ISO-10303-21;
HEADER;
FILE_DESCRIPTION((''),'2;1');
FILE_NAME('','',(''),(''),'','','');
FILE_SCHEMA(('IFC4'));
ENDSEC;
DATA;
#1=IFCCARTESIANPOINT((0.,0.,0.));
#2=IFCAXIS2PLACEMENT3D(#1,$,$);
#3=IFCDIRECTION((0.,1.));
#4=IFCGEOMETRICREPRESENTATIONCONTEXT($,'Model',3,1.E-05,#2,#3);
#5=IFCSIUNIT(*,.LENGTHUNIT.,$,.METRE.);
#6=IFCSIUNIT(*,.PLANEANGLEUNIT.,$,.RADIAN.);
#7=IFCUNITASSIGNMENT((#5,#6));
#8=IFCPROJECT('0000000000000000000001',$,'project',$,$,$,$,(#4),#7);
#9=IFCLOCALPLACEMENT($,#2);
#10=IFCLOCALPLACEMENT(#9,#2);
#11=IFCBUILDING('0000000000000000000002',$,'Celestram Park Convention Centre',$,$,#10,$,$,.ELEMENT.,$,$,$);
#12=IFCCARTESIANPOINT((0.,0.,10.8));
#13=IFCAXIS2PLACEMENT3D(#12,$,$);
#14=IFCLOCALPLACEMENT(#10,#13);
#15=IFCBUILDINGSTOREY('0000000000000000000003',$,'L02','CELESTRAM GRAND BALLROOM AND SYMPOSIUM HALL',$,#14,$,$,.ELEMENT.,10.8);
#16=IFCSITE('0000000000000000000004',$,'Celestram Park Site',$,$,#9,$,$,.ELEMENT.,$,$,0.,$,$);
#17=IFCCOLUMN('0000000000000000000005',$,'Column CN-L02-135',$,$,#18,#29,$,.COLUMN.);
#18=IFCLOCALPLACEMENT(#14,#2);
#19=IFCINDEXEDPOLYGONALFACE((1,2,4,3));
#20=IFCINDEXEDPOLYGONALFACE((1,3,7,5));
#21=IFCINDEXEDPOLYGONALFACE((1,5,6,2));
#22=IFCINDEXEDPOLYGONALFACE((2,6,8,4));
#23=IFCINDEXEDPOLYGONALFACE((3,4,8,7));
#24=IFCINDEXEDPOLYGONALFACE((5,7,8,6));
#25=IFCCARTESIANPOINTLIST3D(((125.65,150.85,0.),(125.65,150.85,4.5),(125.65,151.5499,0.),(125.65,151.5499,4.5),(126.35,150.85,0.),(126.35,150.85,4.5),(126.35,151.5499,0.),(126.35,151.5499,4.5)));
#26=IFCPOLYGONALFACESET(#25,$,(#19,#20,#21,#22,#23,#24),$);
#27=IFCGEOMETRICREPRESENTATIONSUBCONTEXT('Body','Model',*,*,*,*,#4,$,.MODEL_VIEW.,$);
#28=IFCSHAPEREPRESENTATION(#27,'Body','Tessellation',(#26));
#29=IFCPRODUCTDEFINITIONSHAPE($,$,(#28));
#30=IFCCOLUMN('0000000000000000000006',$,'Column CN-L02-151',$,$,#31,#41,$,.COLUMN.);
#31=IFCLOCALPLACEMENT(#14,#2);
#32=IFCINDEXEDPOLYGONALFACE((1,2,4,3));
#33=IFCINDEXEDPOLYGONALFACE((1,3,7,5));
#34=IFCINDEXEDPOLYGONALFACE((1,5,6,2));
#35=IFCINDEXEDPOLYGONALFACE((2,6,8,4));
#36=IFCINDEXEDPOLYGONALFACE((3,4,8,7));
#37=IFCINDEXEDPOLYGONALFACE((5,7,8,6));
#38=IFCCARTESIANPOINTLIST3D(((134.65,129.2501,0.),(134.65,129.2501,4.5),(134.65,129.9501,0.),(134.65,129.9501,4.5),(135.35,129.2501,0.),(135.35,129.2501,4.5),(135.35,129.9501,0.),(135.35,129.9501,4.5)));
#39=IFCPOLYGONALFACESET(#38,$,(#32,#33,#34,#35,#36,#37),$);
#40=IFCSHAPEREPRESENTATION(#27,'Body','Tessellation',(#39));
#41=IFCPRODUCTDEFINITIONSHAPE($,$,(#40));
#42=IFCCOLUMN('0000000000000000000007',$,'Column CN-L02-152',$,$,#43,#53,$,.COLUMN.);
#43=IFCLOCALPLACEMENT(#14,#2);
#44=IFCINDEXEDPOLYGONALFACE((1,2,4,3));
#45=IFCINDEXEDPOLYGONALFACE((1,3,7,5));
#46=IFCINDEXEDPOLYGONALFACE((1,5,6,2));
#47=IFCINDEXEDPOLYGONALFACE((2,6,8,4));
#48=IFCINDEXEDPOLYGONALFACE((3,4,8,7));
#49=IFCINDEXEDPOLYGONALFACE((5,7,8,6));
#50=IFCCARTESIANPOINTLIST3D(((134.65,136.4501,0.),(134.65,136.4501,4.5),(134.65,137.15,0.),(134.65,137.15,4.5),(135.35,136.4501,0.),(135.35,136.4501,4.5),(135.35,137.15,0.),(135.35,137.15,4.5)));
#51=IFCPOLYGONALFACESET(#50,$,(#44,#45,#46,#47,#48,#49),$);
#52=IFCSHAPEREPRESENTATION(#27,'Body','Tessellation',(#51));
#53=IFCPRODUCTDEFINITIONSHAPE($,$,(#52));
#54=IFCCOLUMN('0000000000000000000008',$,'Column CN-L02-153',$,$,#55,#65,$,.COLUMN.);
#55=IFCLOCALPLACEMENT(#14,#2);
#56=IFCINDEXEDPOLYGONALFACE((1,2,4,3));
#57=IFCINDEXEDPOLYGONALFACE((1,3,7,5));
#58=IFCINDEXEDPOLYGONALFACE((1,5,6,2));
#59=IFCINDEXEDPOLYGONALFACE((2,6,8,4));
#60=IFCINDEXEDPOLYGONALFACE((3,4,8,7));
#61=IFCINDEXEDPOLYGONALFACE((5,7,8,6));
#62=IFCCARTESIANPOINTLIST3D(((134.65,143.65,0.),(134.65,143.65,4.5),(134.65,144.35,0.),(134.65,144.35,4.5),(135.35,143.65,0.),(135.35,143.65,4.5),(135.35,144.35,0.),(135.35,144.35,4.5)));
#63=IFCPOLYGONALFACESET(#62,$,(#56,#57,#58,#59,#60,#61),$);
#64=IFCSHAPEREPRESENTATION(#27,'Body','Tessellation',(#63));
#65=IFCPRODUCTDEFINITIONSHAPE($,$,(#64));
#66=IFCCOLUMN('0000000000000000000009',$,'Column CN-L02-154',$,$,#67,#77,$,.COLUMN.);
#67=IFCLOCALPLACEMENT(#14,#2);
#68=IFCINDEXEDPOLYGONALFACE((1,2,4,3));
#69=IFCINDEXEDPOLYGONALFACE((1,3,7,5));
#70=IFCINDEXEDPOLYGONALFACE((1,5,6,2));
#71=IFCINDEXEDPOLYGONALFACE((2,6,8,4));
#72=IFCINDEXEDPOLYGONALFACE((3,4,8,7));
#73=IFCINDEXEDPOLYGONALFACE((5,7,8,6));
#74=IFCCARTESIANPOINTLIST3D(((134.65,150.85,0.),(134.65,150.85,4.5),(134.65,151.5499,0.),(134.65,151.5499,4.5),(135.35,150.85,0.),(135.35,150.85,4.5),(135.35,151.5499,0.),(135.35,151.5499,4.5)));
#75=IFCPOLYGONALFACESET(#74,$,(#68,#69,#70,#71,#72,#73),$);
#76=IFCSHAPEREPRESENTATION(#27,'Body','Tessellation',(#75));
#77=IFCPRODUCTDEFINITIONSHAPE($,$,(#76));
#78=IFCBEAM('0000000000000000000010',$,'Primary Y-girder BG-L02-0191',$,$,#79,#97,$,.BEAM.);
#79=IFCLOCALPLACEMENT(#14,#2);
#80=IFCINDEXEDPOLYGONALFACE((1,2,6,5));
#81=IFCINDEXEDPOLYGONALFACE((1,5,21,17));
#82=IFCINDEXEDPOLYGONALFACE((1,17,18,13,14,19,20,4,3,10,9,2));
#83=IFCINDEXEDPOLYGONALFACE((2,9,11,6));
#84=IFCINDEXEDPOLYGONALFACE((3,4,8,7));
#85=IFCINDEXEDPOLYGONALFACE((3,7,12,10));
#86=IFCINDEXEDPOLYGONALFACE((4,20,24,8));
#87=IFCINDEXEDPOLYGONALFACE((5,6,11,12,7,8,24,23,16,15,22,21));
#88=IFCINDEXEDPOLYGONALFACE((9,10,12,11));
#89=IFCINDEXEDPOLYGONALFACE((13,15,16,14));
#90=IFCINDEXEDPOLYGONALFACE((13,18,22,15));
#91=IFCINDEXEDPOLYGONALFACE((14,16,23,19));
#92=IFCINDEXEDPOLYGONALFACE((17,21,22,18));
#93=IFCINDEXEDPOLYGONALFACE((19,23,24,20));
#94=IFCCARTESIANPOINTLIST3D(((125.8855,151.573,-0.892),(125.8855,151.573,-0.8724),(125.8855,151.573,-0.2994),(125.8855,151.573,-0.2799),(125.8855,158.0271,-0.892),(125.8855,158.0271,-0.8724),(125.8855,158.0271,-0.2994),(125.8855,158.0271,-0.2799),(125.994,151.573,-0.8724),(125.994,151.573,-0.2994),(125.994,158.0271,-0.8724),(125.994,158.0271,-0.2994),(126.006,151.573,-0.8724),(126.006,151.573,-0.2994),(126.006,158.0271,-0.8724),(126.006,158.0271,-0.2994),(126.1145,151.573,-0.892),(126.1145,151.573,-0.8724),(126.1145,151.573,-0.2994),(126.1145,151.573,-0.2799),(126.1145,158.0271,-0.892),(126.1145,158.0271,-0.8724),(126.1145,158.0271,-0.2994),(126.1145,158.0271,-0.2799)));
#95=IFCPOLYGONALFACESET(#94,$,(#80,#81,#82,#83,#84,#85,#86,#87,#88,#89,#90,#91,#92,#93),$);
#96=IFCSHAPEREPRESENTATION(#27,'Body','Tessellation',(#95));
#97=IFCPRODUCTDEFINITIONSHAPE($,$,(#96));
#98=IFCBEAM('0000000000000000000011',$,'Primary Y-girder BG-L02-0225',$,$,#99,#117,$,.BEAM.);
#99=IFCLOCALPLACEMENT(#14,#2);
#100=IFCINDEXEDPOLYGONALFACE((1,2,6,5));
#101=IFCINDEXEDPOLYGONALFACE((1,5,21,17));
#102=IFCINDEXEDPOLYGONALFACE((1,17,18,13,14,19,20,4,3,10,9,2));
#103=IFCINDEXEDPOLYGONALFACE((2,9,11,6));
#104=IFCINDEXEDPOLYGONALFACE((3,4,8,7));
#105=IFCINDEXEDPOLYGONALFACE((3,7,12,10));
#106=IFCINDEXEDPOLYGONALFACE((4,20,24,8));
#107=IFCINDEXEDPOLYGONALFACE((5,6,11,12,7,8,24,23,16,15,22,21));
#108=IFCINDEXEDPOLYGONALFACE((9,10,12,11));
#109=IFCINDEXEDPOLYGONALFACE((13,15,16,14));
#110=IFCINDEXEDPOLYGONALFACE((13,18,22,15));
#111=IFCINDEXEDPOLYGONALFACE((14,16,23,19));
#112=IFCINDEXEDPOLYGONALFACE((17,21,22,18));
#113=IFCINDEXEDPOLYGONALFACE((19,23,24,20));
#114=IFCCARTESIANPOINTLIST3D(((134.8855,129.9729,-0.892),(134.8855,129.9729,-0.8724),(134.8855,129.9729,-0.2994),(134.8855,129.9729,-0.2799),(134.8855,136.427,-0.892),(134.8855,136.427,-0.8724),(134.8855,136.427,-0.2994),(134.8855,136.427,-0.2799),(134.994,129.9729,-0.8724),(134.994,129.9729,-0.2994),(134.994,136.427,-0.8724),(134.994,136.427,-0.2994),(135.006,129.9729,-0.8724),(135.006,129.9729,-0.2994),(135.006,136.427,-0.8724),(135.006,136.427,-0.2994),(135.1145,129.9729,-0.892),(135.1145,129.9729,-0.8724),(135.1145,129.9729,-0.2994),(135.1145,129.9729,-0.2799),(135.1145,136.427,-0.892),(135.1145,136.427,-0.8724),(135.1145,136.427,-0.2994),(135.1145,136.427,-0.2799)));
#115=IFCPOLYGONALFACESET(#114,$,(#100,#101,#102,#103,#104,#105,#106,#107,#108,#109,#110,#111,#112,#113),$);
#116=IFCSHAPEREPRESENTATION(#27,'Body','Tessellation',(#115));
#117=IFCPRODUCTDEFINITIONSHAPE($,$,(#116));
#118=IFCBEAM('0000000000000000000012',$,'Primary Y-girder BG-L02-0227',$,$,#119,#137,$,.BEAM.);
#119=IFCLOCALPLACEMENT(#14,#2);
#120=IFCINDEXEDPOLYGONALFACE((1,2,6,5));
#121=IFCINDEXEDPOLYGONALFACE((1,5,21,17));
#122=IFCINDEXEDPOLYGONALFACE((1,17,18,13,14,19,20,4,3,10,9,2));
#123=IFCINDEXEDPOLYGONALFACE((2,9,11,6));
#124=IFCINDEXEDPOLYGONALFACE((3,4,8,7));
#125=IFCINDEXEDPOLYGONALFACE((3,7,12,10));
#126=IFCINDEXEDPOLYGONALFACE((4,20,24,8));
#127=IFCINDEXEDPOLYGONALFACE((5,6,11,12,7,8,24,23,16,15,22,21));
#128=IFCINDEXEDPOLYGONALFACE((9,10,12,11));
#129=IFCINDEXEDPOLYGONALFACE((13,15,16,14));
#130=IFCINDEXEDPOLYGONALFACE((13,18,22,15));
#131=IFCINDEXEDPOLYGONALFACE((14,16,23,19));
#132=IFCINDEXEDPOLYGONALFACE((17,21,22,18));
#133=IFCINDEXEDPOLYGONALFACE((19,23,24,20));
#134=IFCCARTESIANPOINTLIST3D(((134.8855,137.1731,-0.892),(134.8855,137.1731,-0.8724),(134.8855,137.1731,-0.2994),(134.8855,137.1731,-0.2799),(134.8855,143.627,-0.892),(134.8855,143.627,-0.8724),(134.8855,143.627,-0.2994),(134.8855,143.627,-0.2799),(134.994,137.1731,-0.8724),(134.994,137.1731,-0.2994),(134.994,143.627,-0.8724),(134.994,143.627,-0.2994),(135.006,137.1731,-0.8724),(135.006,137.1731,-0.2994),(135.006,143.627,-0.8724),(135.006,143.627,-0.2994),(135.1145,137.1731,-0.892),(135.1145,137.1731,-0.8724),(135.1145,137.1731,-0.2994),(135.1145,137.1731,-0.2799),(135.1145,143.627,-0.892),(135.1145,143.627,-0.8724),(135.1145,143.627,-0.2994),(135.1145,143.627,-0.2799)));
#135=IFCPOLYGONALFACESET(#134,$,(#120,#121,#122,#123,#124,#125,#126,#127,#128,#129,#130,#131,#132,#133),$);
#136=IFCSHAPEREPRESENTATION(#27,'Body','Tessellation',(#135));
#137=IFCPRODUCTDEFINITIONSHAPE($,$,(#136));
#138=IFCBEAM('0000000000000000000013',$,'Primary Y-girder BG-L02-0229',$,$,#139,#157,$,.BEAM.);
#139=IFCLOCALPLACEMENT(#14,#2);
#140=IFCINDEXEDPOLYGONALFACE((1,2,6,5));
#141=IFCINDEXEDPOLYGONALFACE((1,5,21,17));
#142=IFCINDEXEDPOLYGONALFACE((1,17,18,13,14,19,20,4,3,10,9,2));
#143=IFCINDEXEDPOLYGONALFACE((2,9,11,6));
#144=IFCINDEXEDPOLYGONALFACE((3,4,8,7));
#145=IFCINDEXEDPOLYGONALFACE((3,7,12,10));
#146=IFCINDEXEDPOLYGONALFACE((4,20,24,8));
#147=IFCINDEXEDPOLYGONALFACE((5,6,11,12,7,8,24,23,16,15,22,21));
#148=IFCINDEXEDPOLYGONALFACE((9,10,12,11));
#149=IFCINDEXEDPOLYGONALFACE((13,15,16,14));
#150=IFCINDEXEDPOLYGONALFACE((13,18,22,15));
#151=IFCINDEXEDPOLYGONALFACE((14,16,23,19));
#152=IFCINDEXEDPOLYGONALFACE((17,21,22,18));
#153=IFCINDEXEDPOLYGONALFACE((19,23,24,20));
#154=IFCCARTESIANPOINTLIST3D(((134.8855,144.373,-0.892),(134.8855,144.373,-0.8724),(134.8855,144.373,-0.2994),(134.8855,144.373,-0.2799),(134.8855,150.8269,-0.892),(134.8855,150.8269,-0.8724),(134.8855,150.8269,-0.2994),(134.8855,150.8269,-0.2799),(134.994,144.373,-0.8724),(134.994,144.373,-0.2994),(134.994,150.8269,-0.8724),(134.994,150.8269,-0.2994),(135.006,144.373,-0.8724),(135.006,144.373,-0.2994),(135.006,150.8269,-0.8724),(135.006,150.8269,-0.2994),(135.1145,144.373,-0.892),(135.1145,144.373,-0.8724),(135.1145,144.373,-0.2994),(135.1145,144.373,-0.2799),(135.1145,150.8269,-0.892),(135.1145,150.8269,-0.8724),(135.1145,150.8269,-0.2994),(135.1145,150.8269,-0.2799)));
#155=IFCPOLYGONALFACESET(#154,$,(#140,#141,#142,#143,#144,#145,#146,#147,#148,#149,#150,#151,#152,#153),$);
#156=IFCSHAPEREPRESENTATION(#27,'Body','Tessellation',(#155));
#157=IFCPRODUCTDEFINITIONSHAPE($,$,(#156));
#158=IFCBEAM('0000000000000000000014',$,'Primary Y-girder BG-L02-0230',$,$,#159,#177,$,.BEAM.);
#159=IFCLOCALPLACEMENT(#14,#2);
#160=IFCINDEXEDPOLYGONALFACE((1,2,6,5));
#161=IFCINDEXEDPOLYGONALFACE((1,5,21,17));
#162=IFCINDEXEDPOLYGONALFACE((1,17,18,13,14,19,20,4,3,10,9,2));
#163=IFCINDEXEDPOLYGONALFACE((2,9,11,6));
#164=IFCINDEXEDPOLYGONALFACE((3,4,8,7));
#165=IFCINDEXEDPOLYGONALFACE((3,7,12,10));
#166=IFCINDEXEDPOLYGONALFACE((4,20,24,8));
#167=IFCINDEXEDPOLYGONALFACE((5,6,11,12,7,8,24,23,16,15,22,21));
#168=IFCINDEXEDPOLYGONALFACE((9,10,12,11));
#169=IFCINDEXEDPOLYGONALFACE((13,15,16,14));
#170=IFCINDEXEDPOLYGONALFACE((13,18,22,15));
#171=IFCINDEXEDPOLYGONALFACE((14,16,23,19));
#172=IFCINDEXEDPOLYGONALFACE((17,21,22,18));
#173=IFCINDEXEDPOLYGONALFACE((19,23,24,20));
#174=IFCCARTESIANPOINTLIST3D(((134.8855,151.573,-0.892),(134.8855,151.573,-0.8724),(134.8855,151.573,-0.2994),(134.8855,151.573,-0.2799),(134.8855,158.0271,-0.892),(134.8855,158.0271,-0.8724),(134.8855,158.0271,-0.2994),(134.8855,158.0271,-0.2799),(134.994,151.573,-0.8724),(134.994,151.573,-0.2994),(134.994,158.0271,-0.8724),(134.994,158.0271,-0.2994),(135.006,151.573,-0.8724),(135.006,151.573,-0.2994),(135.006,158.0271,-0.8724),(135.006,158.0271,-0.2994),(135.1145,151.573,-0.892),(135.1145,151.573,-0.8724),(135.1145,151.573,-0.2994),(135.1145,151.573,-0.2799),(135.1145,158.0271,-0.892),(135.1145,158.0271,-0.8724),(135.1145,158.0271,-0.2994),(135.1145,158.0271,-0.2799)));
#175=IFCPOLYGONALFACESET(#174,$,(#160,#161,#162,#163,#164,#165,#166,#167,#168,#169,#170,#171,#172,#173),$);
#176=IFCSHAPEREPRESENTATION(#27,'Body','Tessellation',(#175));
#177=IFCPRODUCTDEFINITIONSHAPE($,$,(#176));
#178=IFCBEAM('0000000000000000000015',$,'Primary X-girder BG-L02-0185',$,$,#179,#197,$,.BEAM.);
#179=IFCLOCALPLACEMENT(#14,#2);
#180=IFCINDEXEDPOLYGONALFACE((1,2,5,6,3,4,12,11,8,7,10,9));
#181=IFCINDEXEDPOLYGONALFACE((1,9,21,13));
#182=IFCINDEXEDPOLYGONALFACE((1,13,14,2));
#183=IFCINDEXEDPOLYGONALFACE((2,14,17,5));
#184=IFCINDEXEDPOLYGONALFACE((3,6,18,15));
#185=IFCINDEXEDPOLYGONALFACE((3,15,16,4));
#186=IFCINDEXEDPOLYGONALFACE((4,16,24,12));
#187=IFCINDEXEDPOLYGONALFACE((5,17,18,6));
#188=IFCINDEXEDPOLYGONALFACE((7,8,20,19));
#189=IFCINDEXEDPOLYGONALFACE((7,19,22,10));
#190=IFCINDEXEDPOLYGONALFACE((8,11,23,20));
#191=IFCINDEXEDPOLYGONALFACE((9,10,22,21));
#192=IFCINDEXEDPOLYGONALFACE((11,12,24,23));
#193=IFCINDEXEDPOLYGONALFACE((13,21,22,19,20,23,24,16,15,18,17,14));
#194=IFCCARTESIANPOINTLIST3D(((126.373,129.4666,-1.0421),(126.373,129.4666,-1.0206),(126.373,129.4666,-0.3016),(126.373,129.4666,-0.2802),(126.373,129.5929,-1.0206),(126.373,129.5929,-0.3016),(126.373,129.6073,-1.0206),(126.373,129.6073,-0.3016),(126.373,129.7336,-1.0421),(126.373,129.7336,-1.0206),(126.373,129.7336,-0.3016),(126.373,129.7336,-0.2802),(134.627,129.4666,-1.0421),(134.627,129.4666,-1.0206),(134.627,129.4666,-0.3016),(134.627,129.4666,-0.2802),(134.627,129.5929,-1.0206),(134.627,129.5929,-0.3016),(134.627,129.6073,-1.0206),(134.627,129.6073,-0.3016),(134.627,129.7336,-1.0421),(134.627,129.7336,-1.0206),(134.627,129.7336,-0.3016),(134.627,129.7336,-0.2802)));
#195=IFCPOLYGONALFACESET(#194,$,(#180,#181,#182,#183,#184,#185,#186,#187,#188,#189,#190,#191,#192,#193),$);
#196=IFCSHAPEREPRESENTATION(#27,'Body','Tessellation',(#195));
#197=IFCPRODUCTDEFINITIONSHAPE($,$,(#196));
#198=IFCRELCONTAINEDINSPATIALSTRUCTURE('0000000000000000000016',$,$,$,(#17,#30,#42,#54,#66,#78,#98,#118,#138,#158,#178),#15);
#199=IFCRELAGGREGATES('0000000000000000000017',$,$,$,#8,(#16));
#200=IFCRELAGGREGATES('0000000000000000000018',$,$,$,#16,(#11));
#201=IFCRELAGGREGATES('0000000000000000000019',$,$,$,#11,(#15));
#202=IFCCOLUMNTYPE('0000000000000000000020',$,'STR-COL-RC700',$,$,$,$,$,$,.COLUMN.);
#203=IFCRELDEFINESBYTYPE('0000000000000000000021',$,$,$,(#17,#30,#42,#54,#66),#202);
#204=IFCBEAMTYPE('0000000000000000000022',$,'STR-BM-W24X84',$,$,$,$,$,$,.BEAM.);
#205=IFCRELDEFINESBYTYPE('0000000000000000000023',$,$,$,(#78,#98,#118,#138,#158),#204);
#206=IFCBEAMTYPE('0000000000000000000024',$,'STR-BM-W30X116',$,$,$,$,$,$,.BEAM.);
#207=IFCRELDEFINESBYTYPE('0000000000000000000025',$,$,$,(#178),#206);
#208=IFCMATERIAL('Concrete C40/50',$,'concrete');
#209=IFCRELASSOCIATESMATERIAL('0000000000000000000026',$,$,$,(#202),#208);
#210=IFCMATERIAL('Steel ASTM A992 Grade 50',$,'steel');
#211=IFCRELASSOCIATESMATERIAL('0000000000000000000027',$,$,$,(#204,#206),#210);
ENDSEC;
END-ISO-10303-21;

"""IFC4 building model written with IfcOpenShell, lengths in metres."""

from ifc_helpers import new_model, si_unit, direction, frame, origin, origin_2d, place, context, subcontext, project, spatial, rectangle, i_section, extrude, material, material_profile, profile_set, type_object, element, save


model = new_model("IFC4")

# Units and contexts
model_context = context("Model", 3, precision=1e-05, world=origin(), true_north=direction((0.0, 1.0)))
body_context = subcontext(model_context, "Body", "Model", "MODEL_VIEW")
ifc_project = project(units=[si_unit("LENGTHUNIT", "METRE"), si_unit("PLANEANGLEUNIT", "RADIAN")], contexts=[model_context])

# Site, building, storey
site_placement = place(None, origin())
site = spatial("IfcSite", under=ifc_project, at=site_placement, Name="Celestram Park Site", CompositionType="ELEMENT", RefElevation=0.0)
building_placement = place(site_placement, origin())
building = spatial("IfcBuilding", under=site, at=building_placement, Name="Celestram Park Convention Centre", CompositionType="ELEMENT")
storey_placement = place(building_placement, frame((0.0, 0.0, 10.8)))
storey = spatial("IfcBuildingStorey", under=building, at=storey_placement, Name="L02", Description="CELESTRAM GRAND BALLROOM AND SYMPOSIUM HALL", CompositionType="ELEMENT", Elevation=10.8)

# Columns
ifc_material_1 = material(Name="Concrete C40/50", Category="concrete")
ifc_material_profile_1 = material_profile(ifc_material_1, rectangle(XDim=0.7, YDim=0.7, at=origin_2d()), Name="RC700X700")
ifc_profile_set_1 = profile_set([ifc_material_profile_1], Name="Concrete C40/50")
column_type = type_object("IfcColumnType", Name="STR-COL-RC700", PredefinedType="COLUMN", material=ifc_profile_set_1)
for number, where, z_axis, x_axis, name in (
    (1, (126.0, 151.2, 0.0), (0.0, 0.0, 1.0), (1.0, 0.0, 0.0), "Column CN-L02-135"),
    (2, (135.0, 129.6001, 0.0), (0.0, 0.0, 1.0), (1.0, 0.0, 0.0), "Column CN-L02-151"),
    (3, (135.0, 136.8, 0.0), (0.0, 0.0, 1.0), (1.0, 0.0, 0.0), "Column CN-L02-152"),
    (4, (135.0, 144.0, 0.0), (0.0, 0.0, 1.0), (1.0, 0.0, 0.0), "Column CN-L02-153"),
    (5, (135.0, 151.2, 0.0), (0.0, 0.0, 1.0), (1.0, 0.0, 0.0), "Column CN-L02-154"),
):
    element("IfcColumn", number, at=place(storey_placement, frame(where, z_axis=z_axis, x_axis=x_axis)), inside=storey, type_object=column_type, Name=name, PredefinedType="COLUMN", context=body_context, shape_type="SweptSolid", body=[
        extrude(rectangle(XDim=0.7, YDim=0.7, at=origin_2d()), origin(), (0.0, 0.0, 1.0), 4.5),
    ])

# Beams
ifc_material_2 = material(Name="Steel ASTM A992 Grade 50", Category="steel")
ifc_material_profile_2 = material_profile(ifc_material_2, i_section(OverallWidth=0.229, OverallDepth=0.6121, WebThickness=0.012, FlangeThickness=0.0195, at=origin_2d()), Name="W24X84")
ifc_profile_set_2 = profile_set([ifc_material_profile_2], Name="Steel ASTM A992 Grade 50")
beam_type_1 = type_object("IfcBeamType", Name="STR-BM-W24X84", PredefinedType="BEAM", material=ifc_profile_set_2)
for number, where, z_axis, x_axis, name in (
    (6, (126.0, 151.573, -0.5859), (0.0, 1.0, 0.0), (-1.0, 0.0, 0.0), "Primary Y-girder BG-L02-0191"),
    (7, (135.0, 129.9729, -0.5859), (0.0, 1.0, 0.0), (-1.0, 0.0, 0.0), "Primary Y-girder BG-L02-0225"),
):
    element("IfcBeam", number, at=place(storey_placement, frame(where, z_axis=z_axis, x_axis=x_axis)), inside=storey, type_object=beam_type_1, Name=name, PredefinedType="BEAM", context=body_context, shape_type="SweptSolid", body=[
        extrude(i_section(OverallWidth=0.229, OverallDepth=0.6121, WebThickness=0.012, FlangeThickness=0.0195, at=origin_2d()), origin(), (0.0, 0.0, 1.0), 6.4541),
    ])
for number, where, z_axis, x_axis, name in (
    (8, (135.0, 137.1731, -0.5859), (0.0, 1.0, 0.0), (-1.0, 0.0, 0.0), "Primary Y-girder BG-L02-0227"),
    (9, (135.0, 144.373, -0.5859), (0.0, 1.0, 0.0), (-1.0, 0.0, 0.0), "Primary Y-girder BG-L02-0229"),
):
    element("IfcBeam", number, at=place(storey_placement, frame(where, z_axis=z_axis, x_axis=x_axis)), inside=storey, type_object=beam_type_1, Name=name, PredefinedType="BEAM", context=body_context, shape_type="SweptSolid", body=[
        extrude(i_section(OverallWidth=0.229, OverallDepth=0.6121, WebThickness=0.012, FlangeThickness=0.0195, at=origin_2d()), origin(), (0.0, 0.0, 1.0), 6.4539),
    ])
beam_placement = place(storey_placement, frame((135.0, 151.573, -0.5859), z_axis=(0.0, 1.0, 0.0), x_axis=(-1.0, 0.0, 0.0)))
element("IfcBeam", 10, at=beam_placement, inside=storey, type_object=beam_type_1, Name="Primary Y-girder BG-L02-0230", PredefinedType="BEAM", context=body_context, shape_type="SweptSolid", body=[
    extrude(i_section(OverallWidth=0.229, OverallDepth=0.6121, WebThickness=0.012, FlangeThickness=0.0195, at=origin_2d()), origin(), (0.0, 0.0, 1.0), 6.4541),
])
ifc_material_profile_3 = material_profile(ifc_material_2, i_section(OverallWidth=0.2671, OverallDepth=0.762, WebThickness=0.0144, FlangeThickness=0.0215, at=origin_2d()), Name="W30X116")
ifc_profile_set_3 = profile_set([ifc_material_profile_3], Name="Steel ASTM A992 Grade 50")
beam_type_2 = type_object("IfcBeamType", Name="STR-BM-W30X116", PredefinedType="BEAM", material=ifc_profile_set_3)
for number, where, z_axis, x_axis, name in (
    (11, (126.373, 129.6001, -0.6611), (1.0, 0.0, 0.0), (0.0, 1.0, 0.0), "Primary X-girder BG-L02-0185"),
):
    element("IfcBeam", number, at=place(storey_placement, frame(where, z_axis=z_axis, x_axis=x_axis)), inside=storey, type_object=beam_type_2, Name=name, PredefinedType="BEAM", context=body_context, shape_type="SweptSolid", body=[
        extrude(i_section(OverallWidth=0.2671, OverallDepth=0.762, WebThickness=0.0144, FlangeThickness=0.0215, at=origin_2d()), origin(), (0.0, 0.0, 1.0), 8.2539),
    ])

save(model, "model.ifc")
